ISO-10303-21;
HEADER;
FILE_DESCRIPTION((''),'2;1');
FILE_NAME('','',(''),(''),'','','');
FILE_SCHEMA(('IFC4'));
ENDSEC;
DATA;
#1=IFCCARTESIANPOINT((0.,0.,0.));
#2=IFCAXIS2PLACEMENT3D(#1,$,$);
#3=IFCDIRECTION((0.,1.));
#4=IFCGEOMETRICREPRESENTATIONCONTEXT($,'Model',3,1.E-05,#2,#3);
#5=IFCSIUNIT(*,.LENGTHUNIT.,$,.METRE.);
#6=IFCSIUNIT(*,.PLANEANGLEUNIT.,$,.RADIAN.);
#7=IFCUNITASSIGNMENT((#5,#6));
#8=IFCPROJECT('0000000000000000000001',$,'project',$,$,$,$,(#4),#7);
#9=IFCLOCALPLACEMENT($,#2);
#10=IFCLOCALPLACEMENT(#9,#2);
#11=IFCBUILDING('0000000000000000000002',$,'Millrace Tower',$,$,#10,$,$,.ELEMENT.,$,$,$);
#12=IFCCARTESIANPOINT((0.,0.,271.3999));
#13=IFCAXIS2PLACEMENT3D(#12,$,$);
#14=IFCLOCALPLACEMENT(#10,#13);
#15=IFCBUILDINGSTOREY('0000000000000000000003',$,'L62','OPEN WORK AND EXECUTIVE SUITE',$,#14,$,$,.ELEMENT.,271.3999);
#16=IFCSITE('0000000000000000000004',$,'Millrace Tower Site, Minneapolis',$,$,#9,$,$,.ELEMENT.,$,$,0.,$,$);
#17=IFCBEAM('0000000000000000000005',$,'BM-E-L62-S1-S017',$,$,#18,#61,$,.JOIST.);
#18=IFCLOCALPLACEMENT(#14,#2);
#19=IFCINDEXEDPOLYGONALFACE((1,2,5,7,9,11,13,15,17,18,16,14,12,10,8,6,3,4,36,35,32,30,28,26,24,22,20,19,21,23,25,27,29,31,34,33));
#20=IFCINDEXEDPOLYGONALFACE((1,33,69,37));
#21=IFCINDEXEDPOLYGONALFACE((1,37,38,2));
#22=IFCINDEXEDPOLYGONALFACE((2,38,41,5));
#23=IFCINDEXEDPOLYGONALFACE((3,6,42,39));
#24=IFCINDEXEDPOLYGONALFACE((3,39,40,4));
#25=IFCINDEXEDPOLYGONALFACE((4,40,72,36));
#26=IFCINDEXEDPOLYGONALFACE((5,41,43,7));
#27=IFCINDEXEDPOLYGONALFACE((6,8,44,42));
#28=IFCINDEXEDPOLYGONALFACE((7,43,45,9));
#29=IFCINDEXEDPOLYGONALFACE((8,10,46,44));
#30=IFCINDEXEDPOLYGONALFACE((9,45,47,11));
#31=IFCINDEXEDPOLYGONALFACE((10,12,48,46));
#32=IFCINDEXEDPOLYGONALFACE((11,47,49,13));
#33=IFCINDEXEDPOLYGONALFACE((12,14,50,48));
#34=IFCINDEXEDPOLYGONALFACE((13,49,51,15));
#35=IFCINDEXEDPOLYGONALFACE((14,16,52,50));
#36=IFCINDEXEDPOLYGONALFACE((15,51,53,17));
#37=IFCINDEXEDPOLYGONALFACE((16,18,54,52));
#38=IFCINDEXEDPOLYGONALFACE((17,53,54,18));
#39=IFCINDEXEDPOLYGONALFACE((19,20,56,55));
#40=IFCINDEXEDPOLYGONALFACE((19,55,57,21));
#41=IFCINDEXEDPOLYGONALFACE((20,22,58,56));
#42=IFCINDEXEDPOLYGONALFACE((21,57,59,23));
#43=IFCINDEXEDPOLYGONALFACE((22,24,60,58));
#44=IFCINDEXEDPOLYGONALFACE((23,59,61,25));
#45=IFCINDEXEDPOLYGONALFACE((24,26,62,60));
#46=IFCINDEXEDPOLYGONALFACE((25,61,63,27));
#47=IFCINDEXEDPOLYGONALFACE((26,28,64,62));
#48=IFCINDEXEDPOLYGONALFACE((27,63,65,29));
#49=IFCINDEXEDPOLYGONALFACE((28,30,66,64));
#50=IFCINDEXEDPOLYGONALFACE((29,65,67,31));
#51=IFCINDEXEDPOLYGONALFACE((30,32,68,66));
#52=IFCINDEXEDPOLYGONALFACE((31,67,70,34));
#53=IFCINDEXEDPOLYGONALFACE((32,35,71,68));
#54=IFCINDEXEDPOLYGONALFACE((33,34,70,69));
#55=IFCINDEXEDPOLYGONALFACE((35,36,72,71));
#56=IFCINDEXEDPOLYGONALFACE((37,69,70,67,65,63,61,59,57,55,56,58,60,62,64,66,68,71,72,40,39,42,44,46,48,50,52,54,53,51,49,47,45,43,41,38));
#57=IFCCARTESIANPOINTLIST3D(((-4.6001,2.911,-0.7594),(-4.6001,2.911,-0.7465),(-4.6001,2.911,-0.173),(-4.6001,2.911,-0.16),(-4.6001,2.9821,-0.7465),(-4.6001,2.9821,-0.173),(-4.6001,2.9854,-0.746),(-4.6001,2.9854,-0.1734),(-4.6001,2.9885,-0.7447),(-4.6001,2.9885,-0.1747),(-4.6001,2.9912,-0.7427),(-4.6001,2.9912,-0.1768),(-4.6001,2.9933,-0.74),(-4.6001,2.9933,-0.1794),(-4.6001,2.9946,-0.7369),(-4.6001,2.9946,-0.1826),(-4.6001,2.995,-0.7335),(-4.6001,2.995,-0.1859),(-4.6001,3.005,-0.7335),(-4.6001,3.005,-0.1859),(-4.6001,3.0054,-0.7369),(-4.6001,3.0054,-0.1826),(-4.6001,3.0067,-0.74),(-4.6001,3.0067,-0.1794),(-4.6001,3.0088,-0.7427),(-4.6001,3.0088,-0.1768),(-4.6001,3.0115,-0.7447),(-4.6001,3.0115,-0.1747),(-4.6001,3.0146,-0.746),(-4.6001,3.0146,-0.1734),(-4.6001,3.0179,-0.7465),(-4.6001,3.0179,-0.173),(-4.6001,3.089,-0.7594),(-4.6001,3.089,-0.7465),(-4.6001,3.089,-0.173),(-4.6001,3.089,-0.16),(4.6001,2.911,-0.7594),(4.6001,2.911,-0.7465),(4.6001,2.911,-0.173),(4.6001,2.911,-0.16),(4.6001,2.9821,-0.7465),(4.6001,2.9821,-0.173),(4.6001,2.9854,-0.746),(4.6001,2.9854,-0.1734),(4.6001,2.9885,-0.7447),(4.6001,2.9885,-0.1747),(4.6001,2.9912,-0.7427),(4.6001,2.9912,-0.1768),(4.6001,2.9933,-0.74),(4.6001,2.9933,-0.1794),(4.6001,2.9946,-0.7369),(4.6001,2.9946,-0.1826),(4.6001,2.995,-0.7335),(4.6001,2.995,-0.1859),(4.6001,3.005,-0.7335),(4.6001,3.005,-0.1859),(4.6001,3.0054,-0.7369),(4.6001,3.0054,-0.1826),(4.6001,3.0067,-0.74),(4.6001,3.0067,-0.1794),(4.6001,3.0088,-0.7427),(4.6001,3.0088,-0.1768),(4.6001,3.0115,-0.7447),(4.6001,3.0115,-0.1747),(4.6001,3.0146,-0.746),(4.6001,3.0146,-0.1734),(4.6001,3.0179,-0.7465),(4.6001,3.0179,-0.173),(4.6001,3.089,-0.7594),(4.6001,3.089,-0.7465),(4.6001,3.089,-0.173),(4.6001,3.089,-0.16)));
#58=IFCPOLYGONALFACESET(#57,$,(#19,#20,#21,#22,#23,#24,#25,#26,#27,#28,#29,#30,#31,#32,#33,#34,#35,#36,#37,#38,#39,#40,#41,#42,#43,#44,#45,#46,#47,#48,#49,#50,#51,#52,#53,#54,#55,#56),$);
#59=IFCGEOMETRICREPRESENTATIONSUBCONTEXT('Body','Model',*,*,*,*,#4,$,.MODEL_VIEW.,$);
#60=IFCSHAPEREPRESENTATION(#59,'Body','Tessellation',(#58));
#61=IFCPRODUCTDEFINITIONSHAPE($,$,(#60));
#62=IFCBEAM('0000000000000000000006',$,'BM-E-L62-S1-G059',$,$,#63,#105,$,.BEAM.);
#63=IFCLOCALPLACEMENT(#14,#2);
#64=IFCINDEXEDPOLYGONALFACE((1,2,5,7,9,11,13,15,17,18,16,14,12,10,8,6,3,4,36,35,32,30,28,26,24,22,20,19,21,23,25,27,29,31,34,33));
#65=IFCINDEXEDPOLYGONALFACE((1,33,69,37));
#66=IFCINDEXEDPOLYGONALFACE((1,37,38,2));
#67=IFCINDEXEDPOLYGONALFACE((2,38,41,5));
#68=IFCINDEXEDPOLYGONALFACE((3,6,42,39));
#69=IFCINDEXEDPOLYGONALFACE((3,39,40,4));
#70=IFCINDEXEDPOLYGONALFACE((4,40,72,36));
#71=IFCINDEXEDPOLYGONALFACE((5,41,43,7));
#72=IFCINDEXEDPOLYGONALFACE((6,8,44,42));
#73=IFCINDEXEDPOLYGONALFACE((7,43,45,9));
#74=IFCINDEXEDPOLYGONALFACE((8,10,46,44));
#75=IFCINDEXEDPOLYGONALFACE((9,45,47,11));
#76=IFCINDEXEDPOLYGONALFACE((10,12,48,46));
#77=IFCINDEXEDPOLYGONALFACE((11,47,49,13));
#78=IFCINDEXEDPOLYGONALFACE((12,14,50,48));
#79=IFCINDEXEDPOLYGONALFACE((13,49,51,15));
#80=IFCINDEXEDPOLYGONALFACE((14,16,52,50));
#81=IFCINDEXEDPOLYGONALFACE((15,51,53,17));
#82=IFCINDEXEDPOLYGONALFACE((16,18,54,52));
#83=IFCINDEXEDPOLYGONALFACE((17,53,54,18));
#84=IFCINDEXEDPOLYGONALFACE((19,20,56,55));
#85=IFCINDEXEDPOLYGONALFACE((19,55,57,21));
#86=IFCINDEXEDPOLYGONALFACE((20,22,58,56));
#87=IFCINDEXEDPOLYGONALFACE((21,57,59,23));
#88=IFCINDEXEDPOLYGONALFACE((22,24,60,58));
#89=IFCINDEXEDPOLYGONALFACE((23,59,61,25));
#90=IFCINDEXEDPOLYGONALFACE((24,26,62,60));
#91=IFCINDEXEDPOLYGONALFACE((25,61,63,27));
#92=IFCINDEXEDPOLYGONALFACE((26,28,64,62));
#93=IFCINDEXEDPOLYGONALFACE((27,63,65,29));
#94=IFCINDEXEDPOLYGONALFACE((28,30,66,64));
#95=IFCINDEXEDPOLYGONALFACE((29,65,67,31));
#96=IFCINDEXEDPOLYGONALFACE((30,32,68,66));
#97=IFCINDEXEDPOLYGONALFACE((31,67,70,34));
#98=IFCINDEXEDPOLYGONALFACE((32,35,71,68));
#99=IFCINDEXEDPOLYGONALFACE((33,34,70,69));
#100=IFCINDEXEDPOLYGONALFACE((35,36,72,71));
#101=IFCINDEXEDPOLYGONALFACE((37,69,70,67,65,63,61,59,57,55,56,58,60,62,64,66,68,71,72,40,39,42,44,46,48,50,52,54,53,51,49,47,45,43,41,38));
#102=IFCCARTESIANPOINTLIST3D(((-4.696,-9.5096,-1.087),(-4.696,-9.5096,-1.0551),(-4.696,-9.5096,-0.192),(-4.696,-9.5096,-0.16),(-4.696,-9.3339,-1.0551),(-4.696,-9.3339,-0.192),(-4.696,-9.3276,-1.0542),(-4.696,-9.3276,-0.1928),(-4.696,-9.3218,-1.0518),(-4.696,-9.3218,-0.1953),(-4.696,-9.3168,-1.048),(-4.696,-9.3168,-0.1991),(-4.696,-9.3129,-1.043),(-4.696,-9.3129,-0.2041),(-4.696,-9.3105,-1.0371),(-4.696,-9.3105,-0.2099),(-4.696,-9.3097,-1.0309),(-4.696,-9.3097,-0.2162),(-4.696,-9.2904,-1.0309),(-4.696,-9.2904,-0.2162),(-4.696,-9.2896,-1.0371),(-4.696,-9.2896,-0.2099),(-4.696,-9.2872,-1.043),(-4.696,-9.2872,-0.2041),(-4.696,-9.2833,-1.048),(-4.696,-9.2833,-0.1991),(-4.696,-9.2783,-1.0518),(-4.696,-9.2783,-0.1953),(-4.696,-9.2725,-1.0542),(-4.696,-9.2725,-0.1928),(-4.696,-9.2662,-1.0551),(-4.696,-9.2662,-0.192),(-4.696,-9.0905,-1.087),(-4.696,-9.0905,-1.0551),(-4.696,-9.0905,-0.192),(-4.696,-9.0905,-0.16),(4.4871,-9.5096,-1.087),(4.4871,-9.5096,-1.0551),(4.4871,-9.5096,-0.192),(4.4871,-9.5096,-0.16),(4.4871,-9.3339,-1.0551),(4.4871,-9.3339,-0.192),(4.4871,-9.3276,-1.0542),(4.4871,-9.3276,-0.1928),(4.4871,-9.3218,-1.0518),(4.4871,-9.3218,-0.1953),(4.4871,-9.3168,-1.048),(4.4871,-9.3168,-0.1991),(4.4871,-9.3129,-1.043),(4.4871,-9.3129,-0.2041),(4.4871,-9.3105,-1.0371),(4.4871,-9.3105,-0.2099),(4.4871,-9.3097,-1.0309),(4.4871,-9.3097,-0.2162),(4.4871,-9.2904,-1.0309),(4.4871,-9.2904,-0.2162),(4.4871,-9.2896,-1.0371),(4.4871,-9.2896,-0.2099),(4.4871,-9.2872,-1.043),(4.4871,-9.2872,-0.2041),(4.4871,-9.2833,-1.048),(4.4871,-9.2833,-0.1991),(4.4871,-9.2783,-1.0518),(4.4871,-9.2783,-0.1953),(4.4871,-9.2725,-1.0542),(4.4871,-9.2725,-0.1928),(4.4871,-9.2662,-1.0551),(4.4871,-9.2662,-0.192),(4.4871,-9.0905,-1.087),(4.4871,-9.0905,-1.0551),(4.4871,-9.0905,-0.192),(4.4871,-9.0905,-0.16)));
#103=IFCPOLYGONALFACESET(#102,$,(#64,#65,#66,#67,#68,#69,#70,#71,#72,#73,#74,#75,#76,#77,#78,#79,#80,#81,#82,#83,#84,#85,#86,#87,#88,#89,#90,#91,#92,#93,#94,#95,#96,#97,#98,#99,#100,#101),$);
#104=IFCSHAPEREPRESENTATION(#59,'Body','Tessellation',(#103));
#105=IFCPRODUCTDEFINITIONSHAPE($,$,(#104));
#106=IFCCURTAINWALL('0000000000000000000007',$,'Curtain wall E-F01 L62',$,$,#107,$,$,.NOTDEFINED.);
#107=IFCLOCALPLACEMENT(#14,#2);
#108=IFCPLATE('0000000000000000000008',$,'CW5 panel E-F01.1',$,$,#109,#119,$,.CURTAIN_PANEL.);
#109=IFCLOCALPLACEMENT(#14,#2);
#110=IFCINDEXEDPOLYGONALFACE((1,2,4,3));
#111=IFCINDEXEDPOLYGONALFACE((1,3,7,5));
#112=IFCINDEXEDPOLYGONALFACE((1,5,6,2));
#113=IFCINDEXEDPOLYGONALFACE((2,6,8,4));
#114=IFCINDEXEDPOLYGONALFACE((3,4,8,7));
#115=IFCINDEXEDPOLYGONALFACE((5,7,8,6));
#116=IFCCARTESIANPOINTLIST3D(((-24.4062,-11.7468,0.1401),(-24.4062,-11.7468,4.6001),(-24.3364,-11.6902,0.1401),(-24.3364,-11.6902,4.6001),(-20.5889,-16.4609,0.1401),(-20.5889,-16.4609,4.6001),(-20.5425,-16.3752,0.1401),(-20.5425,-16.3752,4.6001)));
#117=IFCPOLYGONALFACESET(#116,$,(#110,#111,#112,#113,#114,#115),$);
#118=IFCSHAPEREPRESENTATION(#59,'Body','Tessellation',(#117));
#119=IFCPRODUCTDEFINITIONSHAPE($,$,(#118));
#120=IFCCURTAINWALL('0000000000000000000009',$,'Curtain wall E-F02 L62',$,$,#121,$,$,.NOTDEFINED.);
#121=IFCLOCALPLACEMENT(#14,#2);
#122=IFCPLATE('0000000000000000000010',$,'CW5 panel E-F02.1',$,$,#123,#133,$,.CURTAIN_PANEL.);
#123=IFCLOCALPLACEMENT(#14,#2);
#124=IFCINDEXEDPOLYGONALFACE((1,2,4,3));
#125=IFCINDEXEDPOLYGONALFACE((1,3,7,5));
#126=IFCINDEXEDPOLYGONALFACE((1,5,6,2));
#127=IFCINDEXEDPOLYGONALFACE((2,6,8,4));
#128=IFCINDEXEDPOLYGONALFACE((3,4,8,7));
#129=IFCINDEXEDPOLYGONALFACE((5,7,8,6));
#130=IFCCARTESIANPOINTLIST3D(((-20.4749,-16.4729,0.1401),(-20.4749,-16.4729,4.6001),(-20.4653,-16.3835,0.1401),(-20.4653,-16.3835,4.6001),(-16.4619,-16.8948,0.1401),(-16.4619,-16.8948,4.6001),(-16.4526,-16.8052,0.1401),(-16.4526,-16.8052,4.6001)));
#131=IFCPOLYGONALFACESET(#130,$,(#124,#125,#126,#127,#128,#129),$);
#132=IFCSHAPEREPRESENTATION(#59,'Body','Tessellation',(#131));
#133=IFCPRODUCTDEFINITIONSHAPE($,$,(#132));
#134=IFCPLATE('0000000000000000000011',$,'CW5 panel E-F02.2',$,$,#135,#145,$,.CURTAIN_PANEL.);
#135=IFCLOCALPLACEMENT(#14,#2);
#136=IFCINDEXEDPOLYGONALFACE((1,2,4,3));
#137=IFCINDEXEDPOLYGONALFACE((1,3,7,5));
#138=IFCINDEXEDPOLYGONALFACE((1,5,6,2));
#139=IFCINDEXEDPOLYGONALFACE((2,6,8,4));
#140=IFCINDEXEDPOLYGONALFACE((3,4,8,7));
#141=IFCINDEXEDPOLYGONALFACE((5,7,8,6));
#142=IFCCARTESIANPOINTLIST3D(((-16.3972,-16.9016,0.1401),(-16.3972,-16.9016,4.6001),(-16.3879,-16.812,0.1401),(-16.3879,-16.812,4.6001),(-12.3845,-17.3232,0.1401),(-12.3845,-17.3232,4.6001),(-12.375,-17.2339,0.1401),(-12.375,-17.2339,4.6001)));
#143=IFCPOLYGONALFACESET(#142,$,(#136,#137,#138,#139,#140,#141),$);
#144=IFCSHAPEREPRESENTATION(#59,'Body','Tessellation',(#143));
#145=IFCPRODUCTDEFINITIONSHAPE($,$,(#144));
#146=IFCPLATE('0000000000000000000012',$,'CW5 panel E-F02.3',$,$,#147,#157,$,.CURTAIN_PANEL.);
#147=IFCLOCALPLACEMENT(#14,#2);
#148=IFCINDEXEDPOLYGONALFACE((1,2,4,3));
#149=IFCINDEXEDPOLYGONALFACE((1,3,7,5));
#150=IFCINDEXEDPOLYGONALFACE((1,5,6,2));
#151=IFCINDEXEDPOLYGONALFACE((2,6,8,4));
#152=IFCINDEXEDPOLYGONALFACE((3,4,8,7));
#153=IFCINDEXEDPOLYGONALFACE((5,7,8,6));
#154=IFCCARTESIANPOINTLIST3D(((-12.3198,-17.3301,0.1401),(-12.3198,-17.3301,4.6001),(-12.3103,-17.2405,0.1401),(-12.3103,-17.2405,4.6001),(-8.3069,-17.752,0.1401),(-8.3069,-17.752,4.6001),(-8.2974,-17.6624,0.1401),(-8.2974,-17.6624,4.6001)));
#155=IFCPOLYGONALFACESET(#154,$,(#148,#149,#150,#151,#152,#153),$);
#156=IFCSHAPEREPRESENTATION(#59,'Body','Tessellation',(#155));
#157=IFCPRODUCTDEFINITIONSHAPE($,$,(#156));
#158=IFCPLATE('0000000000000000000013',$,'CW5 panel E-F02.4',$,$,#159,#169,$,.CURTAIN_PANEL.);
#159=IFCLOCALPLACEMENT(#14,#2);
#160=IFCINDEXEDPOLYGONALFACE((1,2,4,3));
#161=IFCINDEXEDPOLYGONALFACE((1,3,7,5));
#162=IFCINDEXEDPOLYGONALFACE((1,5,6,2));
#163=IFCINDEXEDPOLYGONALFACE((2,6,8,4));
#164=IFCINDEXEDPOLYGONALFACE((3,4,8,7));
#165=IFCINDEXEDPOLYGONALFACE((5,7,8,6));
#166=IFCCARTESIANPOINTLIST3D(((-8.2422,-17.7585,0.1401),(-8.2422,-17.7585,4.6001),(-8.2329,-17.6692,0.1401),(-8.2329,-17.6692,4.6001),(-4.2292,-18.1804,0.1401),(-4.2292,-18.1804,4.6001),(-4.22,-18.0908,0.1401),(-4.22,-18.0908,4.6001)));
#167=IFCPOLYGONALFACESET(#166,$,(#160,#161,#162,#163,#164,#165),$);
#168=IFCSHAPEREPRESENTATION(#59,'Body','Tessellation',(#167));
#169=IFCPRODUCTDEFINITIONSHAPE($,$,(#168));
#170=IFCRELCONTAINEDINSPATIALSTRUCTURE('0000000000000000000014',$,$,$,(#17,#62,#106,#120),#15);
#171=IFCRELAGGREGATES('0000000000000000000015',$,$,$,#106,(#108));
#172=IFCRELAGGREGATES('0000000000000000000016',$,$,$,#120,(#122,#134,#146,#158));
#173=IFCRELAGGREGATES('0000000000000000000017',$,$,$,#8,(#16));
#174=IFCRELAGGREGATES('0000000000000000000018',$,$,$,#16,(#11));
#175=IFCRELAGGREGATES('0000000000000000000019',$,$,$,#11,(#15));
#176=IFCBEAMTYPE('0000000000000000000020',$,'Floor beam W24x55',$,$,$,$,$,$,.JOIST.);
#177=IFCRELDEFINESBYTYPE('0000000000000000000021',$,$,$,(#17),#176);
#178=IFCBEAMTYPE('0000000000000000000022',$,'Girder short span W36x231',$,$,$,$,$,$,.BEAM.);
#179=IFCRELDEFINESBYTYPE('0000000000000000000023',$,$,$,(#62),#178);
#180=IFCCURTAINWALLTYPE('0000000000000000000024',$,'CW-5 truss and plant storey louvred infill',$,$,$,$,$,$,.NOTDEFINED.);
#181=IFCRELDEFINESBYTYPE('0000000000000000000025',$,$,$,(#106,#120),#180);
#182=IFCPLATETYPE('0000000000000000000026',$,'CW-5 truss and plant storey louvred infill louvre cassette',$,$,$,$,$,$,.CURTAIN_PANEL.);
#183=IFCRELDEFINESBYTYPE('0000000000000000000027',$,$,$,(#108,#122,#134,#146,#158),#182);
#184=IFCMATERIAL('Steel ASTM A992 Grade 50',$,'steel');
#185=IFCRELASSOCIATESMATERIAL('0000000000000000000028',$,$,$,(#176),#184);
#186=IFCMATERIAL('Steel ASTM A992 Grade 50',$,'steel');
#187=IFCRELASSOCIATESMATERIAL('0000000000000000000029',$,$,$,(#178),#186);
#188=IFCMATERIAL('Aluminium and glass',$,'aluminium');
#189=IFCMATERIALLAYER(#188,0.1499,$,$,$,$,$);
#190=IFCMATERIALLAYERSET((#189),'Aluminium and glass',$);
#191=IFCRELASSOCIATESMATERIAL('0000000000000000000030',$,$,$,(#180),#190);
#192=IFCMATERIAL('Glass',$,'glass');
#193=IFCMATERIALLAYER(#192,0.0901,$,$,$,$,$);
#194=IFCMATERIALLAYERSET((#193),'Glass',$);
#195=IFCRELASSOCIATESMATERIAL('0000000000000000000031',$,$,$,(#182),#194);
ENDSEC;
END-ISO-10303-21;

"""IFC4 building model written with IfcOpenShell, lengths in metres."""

from ifc_helpers import new_model, si_unit, direction, frame, origin, origin_2d, place, context, subcontext, project, spatial, polyline, i_section, outline, extrude, material, layer, layer_set, material_profile, profile_set, type_object, element, aggregate, save


model = new_model("IFC4")

# Units and contexts
model_context = context("Model", 3, precision=1e-05, world=origin(), true_north=direction((0.0, 1.0)))
body_context = subcontext(model_context, "Body", "Model", "MODEL_VIEW")
ifc_project = project(units=[si_unit("LENGTHUNIT", "METRE"), si_unit("PLANEANGLEUNIT", "RADIAN")], contexts=[model_context])

# Site, building, storey
site_placement = place(None, origin())
site = spatial("IfcSite", under=ifc_project, at=site_placement, Name="Millrace Tower Site, Minneapolis", CompositionType="ELEMENT", RefElevation=0.0)
building_placement = place(site_placement, origin())
building = spatial("IfcBuilding", under=site, at=building_placement, Name="Millrace Tower", CompositionType="ELEMENT")
storey_placement = place(building_placement, frame((0.0, 0.0, 271.3999)))
storey = spatial("IfcBuildingStorey", under=building, at=storey_placement, Name="L62", Description="OPEN WORK AND EXECUTIVE SUITE", CompositionType="ELEMENT", Elevation=271.3999)

# Beams
ifc_material_1 = material(Name="Steel ASTM A992 Grade 50", Category="steel")
ifc_material_profile_1 = material_profile(ifc_material_1, i_section(OverallWidth=0.178, OverallDepth=0.5994, WebThickness=0.01, FlangeThickness=0.0129, FilletRadius=0.0129, at=origin_2d()))
ifc_profile_set_1 = profile_set([ifc_material_profile_1], Name="Steel ASTM A992 Grade 50")
beam_type_1 = type_object("IfcBeamType", Name="Floor beam W24x55", PredefinedType="JOIST", material=ifc_profile_set_1)
for number, where, z_axis, x_axis, name in (
    (1, (-4.6001, 3.0, -0.4597), (1.0, 0.0, 0.0), (0.0, 1.0, 0.0), "BM-E-L62-S1-S017"),
):
    element("IfcBeam", number, at=place(storey_placement, frame(where, z_axis=z_axis, x_axis=x_axis)), inside=storey, type_object=beam_type_1, Name=name, PredefinedType="JOIST", context=body_context, shape_type="SweptSolid", body=[
        extrude(i_section(OverallWidth=0.178, OverallDepth=0.5994, WebThickness=0.01, FlangeThickness=0.0129, FilletRadius=0.0129, at=origin_2d()), origin(), (0.0, 0.0, 1.0), 9.2002),
    ])
ifc_material_2 = material(Name="Steel ASTM A992 Grade 50", Category="steel")
ifc_material_profile_2 = material_profile(ifc_material_2, i_section(OverallWidth=0.4192, OverallDepth=0.927, WebThickness=0.0193, FlangeThickness=0.032, FilletRadius=0.0242, at=origin_2d()))
ifc_profile_set_2 = profile_set([ifc_material_profile_2], Name="Steel ASTM A992 Grade 50")
beam_type_2 = type_object("IfcBeamType", Name="Girder short span W36x231", PredefinedType="BEAM", material=ifc_profile_set_2)
beam_1_placement = place(storey_placement, frame((-4.696, -9.3, -0.6235), z_axis=(1.0, 0.0, 0.0), x_axis=(0.0, 1.0, 0.0)))
element("IfcBeam", 2, at=beam_1_placement, inside=storey, type_object=beam_type_2, Name="BM-E-L62-S1-G059", PredefinedType="BEAM", context=body_context, shape_type="SweptSolid", body=[
    extrude(i_section(OverallWidth=0.4192, OverallDepth=0.927, WebThickness=0.0193, FlangeThickness=0.032, FilletRadius=0.0242, at=origin_2d()), origin(), (0.0, 0.0, 1.0), 9.1831),
])

# Curtain wall, plate
ifc_material_3 = material(Name="Aluminium and glass", Category="aluminium")
ifc_layer_1 = layer(ifc_material_3, 0.1499)
ifc_layer_set_1 = layer_set([ifc_layer_1], Name="Aluminium and glass")
curtain_wall_type = type_object("IfcCurtainWallType", Name="CW-5 truss and plant storey louvred infill", PredefinedType="NOTDEFINED", material=ifc_layer_set_1)
placement_1 = place(storey_placement, origin())
curtain_wall_1 = element("IfcCurtainWall", 3, at=placement_1, inside=storey, type_object=curtain_wall_type, Name="Curtain wall E-F01 L62", PredefinedType="NOTDEFINED")
ifc_material_4 = material(Name="Glass", Category="glass")
ifc_layer_2 = layer(ifc_material_4, 0.0901)
ifc_layer_set_2 = layer_set([ifc_layer_2], Name="Glass")
plate_type = type_object("IfcPlateType", Name="CW-5 truss and plant storey louvred infill louvre cassette", PredefinedType="CURTAIN_PANEL", material=ifc_layer_set_2)
placement_2 = place(storey_placement, frame((0.0, 0.0, 0.1401)))
plate_1 = element("IfcPlate", 4, at=placement_2, type_object=plate_type, Name="CW5 panel E-F01.1", PredefinedType="CURTAIN_PANEL", context=body_context, shape_type="SweptSolid", body=[
    extrude(outline(polyline([(-24.4062, -11.7468), (-20.5889, -16.4609), (-20.5425, -16.3752), (-24.3364, -11.6902), (-24.4062, -11.7468)])), origin(), (0.0, 0.0, 1.0), 4.46),
])
aggregate(curtain_wall_1, [plate_1])

# Curtain wall, plates
curtain_wall_2 = element("IfcCurtainWall", 5, at=placement_1, inside=storey, type_object=curtain_wall_type, Name="Curtain wall E-F02 L62", PredefinedType="NOTDEFINED")
plate_2 = element("IfcPlate", 6, at=placement_2, type_object=plate_type, Name="CW5 panel E-F02.1", PredefinedType="CURTAIN_PANEL", context=body_context, shape_type="SweptSolid", body=[
    extrude(outline(polyline([(-20.4749, -16.4729), (-16.4619, -16.8948), (-16.4526, -16.8052), (-20.4653, -16.3835), (-20.4749, -16.4729)])), origin(), (0.0, 0.0, 1.0), 4.46),
])
plate_3 = element("IfcPlate", 7, at=placement_2, type_object=plate_type, Name="CW5 panel E-F02.2", PredefinedType="CURTAIN_PANEL", context=body_context, shape_type="SweptSolid", body=[
    extrude(outline(polyline([(-16.3972, -16.9016), (-12.3845, -17.3232), (-12.375, -17.2339), (-16.3879, -16.812), (-16.3972, -16.9016)])), origin(), (0.0, 0.0, 1.0), 4.46),
])
plate_4 = element("IfcPlate", 8, at=placement_2, type_object=plate_type, Name="CW5 panel E-F02.3", PredefinedType="CURTAIN_PANEL", context=body_context, shape_type="SweptSolid", body=[
    extrude(outline(polyline([(-12.3198, -17.3301), (-8.3069, -17.752), (-8.2974, -17.6624), (-12.3103, -17.2405), (-12.3198, -17.3301)])), origin(), (0.0, 0.0, 1.0), 4.46),
])
plate_5 = element("IfcPlate", 9, at=placement_2, type_object=plate_type, Name="CW5 panel E-F02.4", PredefinedType="CURTAIN_PANEL", context=body_context, shape_type="SweptSolid", body=[
    extrude(outline(polyline([(-8.2422, -17.7585), (-4.2292, -18.1804), (-4.22, -18.0908), (-8.2329, -17.6692), (-8.2422, -17.7585)])), origin(), (0.0, 0.0, 1.0), 4.46),
])
aggregate(curtain_wall_2, [plate_2, plate_3, plate_4, plate_5])

save(model, "model.ifc")
